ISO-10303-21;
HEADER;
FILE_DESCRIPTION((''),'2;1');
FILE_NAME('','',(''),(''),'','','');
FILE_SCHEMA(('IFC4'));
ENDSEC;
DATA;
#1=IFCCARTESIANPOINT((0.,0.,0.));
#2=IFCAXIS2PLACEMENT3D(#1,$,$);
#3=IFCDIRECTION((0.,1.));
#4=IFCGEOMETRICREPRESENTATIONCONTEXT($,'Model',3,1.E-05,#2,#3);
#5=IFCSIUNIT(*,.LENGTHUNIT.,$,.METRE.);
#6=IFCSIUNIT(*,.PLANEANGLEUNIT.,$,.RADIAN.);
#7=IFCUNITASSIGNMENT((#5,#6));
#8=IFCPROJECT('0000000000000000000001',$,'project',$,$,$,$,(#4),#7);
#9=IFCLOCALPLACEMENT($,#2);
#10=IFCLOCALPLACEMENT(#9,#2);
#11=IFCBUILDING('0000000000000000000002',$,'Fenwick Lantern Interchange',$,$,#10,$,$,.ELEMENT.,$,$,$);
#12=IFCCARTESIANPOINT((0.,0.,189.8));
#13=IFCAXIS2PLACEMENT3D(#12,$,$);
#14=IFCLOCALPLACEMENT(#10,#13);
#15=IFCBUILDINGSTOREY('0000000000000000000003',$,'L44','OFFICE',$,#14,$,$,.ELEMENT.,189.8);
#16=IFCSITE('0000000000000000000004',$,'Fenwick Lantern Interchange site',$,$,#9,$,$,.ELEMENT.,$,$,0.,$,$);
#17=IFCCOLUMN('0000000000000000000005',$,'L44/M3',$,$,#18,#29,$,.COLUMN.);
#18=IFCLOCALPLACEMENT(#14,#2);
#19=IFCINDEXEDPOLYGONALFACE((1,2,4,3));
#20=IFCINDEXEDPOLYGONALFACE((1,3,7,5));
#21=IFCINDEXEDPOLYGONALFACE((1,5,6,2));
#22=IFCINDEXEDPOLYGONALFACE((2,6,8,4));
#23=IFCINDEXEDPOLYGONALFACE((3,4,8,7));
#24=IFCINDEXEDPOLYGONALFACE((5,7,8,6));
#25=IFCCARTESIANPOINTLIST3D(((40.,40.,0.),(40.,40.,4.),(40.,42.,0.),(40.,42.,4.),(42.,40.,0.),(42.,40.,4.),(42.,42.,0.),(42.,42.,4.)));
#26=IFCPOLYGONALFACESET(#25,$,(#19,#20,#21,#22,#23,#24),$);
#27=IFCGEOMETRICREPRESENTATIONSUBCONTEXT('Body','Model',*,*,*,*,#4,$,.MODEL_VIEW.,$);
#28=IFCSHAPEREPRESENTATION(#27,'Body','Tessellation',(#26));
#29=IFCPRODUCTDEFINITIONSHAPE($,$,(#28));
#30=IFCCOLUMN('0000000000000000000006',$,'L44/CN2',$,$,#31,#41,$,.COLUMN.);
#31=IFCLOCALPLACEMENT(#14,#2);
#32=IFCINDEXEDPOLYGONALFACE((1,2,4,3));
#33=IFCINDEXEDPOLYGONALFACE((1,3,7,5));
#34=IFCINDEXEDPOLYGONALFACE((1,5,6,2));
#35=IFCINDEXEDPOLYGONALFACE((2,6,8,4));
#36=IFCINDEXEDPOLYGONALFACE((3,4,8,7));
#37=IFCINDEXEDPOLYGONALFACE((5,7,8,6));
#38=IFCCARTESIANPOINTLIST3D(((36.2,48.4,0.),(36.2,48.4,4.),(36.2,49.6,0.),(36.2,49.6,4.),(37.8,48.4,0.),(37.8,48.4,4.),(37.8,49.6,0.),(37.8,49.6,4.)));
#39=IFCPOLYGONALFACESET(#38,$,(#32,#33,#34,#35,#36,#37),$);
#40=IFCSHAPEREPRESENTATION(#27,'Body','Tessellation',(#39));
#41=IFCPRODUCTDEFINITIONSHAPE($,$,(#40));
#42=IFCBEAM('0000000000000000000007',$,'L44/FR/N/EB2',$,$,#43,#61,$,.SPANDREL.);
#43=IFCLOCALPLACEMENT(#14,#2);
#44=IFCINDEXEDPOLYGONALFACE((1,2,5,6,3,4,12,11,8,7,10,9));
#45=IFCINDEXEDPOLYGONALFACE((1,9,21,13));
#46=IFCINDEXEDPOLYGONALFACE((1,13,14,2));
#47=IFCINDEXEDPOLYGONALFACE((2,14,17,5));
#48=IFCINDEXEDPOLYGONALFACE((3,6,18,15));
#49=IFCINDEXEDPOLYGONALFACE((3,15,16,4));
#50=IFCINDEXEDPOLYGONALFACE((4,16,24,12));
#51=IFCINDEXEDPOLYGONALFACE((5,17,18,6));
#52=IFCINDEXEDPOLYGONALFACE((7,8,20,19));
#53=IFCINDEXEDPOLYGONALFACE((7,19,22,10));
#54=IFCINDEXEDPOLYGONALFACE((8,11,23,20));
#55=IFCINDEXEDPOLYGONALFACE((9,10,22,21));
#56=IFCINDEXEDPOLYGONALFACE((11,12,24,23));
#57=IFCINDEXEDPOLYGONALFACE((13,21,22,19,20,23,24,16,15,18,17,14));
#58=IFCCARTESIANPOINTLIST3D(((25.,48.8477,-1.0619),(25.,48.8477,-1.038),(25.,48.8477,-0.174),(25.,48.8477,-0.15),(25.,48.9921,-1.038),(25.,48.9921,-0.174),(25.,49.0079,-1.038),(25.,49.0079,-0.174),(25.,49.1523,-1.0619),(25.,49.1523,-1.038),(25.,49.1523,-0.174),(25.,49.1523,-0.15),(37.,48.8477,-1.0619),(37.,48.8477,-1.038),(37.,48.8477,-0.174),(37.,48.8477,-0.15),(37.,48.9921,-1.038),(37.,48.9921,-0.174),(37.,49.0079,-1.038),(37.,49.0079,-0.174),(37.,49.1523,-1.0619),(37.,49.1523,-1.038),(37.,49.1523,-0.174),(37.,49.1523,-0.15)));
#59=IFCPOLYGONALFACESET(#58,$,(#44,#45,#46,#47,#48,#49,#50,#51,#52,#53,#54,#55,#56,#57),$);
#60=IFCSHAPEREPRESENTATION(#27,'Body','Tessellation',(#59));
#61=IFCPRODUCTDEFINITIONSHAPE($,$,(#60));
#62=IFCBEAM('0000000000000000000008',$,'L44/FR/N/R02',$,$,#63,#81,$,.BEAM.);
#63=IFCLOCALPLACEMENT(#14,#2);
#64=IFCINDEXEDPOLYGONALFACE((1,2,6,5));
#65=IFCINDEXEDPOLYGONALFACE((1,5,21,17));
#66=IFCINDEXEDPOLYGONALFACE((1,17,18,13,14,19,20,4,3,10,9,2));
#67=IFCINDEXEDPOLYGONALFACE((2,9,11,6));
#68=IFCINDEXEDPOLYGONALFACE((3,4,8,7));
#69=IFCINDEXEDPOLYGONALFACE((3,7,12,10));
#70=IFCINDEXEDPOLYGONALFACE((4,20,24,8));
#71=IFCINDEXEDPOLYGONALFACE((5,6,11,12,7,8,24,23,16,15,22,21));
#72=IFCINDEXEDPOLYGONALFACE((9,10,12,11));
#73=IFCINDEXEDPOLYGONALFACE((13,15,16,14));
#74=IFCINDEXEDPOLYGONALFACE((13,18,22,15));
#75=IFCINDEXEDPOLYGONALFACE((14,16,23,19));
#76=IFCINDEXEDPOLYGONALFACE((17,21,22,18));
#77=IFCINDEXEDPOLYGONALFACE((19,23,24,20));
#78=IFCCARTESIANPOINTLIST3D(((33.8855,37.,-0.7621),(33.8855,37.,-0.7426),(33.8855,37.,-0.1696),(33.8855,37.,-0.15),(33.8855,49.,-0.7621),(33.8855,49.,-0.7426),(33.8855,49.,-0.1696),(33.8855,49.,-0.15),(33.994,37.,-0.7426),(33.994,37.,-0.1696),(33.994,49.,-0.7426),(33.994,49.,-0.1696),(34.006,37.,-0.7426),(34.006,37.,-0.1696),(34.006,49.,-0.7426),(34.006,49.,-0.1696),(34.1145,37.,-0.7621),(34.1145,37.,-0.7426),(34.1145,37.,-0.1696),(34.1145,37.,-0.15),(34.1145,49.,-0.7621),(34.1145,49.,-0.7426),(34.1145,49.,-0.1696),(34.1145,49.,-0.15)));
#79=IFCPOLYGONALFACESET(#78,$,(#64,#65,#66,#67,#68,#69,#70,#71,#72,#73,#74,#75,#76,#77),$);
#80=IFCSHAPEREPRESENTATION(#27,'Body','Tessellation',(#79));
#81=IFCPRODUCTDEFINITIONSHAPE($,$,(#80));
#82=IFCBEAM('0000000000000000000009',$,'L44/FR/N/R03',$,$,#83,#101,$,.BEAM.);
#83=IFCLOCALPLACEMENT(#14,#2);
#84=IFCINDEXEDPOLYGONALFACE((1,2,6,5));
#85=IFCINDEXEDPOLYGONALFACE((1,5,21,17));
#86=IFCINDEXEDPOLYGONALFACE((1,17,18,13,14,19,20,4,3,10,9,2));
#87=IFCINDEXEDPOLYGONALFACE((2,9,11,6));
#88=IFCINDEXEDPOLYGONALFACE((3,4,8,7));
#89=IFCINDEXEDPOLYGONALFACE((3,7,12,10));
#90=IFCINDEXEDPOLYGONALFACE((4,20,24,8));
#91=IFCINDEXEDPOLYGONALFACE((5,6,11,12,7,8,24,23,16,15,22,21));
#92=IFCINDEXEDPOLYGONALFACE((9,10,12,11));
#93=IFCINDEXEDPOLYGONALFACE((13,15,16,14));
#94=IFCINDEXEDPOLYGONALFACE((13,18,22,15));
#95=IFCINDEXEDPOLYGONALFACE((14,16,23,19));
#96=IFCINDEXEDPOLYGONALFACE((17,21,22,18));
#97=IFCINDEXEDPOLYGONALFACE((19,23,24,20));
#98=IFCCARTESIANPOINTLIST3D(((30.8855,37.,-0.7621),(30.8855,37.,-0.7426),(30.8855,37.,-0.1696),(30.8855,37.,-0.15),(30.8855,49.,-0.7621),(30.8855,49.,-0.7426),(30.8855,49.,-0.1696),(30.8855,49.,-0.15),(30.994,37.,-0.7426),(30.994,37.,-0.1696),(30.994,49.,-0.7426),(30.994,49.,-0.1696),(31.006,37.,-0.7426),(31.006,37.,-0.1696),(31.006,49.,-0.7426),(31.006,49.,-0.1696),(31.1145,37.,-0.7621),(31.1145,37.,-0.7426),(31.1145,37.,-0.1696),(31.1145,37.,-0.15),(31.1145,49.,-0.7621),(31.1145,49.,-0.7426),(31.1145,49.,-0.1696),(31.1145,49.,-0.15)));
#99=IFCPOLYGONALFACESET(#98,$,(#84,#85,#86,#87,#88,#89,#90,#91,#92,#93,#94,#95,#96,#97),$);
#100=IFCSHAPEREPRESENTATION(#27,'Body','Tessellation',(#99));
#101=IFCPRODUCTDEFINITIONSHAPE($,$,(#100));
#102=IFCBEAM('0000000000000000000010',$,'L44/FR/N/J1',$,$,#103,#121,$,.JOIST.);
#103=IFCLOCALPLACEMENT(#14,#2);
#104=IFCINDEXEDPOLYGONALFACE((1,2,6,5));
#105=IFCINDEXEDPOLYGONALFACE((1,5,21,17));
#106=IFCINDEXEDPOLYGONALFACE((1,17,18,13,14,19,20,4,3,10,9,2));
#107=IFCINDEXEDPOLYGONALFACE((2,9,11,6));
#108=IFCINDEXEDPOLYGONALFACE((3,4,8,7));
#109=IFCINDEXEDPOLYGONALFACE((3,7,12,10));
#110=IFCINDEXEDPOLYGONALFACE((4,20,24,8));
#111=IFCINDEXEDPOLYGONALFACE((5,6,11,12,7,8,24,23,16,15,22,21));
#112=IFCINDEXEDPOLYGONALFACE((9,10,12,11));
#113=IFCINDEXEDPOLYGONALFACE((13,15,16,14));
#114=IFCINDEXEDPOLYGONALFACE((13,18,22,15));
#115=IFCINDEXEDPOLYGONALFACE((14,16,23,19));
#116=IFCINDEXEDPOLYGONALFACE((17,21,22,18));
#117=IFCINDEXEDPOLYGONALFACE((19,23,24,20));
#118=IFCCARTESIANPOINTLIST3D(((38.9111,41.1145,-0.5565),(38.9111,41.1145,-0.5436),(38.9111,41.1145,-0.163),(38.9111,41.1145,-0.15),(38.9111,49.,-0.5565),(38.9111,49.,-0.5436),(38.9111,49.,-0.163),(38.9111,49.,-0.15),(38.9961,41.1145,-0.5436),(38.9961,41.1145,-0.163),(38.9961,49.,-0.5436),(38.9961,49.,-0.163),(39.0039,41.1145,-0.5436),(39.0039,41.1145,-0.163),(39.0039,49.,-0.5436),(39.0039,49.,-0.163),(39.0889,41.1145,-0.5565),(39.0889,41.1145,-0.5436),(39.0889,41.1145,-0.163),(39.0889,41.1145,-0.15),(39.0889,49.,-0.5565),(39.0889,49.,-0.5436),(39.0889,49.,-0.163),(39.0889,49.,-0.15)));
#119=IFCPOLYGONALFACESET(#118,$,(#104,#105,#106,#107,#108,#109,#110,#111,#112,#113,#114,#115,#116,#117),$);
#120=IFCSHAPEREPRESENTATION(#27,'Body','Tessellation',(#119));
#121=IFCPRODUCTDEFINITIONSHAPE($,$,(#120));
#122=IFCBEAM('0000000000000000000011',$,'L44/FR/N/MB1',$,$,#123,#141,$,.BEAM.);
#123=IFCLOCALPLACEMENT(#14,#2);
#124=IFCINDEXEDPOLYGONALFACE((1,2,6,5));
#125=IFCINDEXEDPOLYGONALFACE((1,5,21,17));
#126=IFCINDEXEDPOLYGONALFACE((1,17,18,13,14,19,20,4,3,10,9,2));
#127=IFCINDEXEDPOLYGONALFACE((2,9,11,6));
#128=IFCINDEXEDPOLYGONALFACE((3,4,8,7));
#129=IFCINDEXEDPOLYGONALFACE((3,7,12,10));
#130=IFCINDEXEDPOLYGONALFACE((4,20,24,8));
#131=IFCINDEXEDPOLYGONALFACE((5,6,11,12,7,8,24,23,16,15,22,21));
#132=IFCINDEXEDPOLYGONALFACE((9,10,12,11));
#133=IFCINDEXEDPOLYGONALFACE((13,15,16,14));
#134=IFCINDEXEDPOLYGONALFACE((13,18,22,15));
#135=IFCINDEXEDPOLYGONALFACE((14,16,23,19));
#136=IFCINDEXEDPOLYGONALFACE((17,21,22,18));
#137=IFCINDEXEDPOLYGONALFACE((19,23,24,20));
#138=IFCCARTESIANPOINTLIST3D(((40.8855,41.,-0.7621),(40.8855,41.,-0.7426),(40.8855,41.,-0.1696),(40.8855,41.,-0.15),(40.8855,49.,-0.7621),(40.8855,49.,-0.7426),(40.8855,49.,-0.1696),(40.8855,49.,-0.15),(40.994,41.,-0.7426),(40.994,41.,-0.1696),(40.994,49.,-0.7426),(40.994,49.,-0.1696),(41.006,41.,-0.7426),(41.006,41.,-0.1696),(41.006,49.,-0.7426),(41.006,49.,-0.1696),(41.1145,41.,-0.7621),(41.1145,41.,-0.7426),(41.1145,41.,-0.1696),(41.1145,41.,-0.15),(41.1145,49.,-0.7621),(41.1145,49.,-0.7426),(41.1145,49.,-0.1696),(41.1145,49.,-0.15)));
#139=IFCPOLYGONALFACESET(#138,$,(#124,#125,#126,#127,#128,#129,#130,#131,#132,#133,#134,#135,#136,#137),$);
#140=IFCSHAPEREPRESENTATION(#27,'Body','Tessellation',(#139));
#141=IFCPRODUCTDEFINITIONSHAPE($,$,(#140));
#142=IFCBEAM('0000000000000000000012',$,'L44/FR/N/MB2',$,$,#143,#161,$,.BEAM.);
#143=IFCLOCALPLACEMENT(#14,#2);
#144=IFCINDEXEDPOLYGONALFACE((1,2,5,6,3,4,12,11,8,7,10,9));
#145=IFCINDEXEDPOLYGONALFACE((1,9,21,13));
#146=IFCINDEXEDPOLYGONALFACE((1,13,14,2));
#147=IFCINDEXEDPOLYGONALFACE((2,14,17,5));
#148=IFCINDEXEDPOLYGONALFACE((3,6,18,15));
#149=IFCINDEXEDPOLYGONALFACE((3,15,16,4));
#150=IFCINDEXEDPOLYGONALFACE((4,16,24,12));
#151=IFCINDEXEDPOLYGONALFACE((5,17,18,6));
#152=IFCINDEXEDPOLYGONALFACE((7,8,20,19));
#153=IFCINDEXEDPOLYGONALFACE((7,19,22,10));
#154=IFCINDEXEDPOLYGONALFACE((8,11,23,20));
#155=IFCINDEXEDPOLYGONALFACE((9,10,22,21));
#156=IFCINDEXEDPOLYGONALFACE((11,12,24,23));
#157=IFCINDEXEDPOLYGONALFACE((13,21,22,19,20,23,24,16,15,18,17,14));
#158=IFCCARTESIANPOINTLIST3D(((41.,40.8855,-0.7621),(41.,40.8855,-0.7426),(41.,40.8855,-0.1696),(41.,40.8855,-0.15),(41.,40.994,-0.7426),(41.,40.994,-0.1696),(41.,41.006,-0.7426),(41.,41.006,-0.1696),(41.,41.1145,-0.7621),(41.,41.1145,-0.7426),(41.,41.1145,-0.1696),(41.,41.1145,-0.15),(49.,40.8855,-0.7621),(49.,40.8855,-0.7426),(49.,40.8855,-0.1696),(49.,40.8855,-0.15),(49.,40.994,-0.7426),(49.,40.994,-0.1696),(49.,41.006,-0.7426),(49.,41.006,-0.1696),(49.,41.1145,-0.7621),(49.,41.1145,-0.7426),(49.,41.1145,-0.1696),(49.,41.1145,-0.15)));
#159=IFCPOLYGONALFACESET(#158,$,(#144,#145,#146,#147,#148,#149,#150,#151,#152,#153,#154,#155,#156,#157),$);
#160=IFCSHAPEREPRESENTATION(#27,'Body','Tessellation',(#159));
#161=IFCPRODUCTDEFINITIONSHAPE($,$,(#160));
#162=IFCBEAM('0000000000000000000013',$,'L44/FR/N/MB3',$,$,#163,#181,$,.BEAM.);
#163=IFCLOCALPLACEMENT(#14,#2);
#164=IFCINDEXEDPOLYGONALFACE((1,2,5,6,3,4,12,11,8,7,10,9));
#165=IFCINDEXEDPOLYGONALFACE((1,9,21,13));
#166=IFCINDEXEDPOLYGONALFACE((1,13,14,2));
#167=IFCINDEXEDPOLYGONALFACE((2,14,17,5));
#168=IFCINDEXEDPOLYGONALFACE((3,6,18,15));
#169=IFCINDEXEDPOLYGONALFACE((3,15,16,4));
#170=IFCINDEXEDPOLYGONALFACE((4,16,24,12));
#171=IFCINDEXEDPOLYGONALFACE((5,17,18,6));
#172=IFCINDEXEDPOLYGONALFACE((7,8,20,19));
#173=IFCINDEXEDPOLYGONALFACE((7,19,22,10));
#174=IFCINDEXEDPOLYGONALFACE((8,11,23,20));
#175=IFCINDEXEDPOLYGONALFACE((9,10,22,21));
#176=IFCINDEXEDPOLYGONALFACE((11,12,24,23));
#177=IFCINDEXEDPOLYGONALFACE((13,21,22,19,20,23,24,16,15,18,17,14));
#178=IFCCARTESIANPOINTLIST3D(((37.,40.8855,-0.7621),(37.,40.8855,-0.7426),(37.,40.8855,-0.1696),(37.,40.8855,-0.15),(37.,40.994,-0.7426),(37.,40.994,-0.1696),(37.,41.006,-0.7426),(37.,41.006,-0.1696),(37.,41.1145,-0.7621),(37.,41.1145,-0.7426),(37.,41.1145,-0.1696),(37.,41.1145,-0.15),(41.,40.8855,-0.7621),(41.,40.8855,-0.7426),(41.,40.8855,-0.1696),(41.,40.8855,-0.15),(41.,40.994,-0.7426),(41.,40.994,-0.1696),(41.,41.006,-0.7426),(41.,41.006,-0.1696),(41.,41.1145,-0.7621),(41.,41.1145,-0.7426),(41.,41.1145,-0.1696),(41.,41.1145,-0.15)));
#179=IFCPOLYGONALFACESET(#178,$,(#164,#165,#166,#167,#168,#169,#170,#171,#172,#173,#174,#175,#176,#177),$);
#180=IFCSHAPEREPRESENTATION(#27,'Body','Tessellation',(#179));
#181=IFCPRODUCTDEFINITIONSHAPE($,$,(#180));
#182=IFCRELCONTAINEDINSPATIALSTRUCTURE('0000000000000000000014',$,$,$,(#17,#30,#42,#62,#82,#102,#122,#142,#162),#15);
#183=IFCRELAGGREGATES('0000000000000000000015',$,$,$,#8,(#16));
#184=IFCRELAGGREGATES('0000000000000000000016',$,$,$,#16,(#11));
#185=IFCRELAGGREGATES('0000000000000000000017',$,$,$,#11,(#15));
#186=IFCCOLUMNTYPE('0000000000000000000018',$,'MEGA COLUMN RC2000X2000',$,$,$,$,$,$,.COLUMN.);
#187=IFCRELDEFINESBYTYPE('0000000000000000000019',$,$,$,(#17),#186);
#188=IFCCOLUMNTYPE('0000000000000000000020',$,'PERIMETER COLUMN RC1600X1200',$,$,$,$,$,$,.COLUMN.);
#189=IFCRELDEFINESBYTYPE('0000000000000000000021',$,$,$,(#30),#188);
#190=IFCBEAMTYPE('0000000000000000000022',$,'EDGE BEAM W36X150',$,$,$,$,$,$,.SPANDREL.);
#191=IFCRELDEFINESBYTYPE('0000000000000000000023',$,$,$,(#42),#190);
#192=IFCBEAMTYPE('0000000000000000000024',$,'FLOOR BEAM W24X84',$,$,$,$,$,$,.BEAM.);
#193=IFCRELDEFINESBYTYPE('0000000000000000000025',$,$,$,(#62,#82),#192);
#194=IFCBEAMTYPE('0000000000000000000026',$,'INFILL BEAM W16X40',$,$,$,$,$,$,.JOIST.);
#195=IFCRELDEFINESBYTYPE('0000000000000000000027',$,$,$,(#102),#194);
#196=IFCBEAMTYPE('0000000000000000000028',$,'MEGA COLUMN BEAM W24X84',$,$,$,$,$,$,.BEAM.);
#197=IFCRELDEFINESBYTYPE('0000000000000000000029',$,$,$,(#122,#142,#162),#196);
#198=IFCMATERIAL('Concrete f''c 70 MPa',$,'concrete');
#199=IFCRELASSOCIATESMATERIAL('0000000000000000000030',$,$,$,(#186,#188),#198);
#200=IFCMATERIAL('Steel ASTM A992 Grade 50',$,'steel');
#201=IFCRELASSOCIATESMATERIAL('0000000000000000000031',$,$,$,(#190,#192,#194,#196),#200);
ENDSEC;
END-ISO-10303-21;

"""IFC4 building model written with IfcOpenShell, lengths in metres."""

from ifc_helpers import new_model, si_unit, direction, frame, origin, origin_2d, place, context, subcontext, project, spatial, rectangle, i_section, extrude, material, material_profile, profile_set, type_object, element, save


model = new_model("IFC4")

# Units and contexts
model_context = context("Model", 3, precision=1e-05, world=origin(), true_north=direction((0.0, 1.0)))
body_context = subcontext(model_context, "Body", "Model", "MODEL_VIEW")
ifc_project = project(units=[si_unit("LENGTHUNIT", "METRE"), si_unit("PLANEANGLEUNIT", "RADIAN")], contexts=[model_context])

# Site, building, storey
site_placement = place(None, origin())
site = spatial("IfcSite", under=ifc_project, at=site_placement, Name="Fenwick Lantern Interchange site", CompositionType="ELEMENT", RefElevation=0.0)
building_placement = place(site_placement, origin())
building = spatial("IfcBuilding", under=site, at=building_placement, Name="Fenwick Lantern Interchange", CompositionType="ELEMENT")
storey_placement = place(building_placement, frame((0.0, 0.0, 189.8)))
storey = spatial("IfcBuildingStorey", under=building, at=storey_placement, Name="L44", Description="OFFICE", CompositionType="ELEMENT", Elevation=189.8)

# Columns
ifc_material_1 = material(Name="Concrete f'c 70 MPa", Category="concrete")
ifc_material_profile_1 = material_profile(ifc_material_1, rectangle(XDim=2.0, YDim=2.0, at=origin_2d()), Name="RC2000X2000")
ifc_profile_set_1 = profile_set([ifc_material_profile_1], Name="Concrete f'c 70 MPa")
column_type_1 = type_object("IfcColumnType", Name="MEGA COLUMN RC2000X2000", PredefinedType="COLUMN", material=ifc_profile_set_1)
column_1_placement = place(storey_placement, frame((41.0, 41.0, 0.0), z_axis=(0.0, 0.0, 1.0), x_axis=(1.0, 0.0, 0.0)))
element("IfcColumn", 1, at=column_1_placement, inside=storey, type_object=column_type_1, Name="L44/M3", PredefinedType="COLUMN", context=body_context, shape_type="SweptSolid", body=[
    extrude(rectangle(XDim=2.0, YDim=2.0, at=origin_2d()), origin(), (0.0, 0.0, 1.0), 4.0),
])
ifc_material_profile_2 = material_profile(ifc_material_1, rectangle(XDim=1.6001, YDim=1.2, at=origin_2d()), Name="RC1600X1200")
ifc_profile_set_2 = profile_set([ifc_material_profile_2], Name="Concrete f'c 70 MPa")
column_type_2 = type_object("IfcColumnType", Name="PERIMETER COLUMN RC1600X1200", PredefinedType="COLUMN", material=ifc_profile_set_2)
column_2_placement = place(storey_placement, frame((37.0, 49.0, 0.0), z_axis=(0.0, 0.0, 1.0), x_axis=(1.0, 0.0, 0.0)))
element("IfcColumn", 2, at=column_2_placement, inside=storey, type_object=column_type_2, Name="L44/CN2", PredefinedType="COLUMN", context=body_context, shape_type="SweptSolid", body=[
    extrude(rectangle(XDim=1.6001, YDim=1.2, at=origin_2d()), origin(), (0.0, 0.0, 1.0), 4.0),
])

# Beams
ifc_material_2 = material(Name="Steel ASTM A992 Grade 50", Category="steel")
ifc_material_profile_3 = material_profile(ifc_material_2, i_section(OverallWidth=0.3047, OverallDepth=0.9119, WebThickness=0.0159, FlangeThickness=0.0239, at=origin_2d()), Name="W36X150")
ifc_profile_set_3 = profile_set([ifc_material_profile_3], Name="Steel ASTM A992 Grade 50")
beam_type_1 = type_object("IfcBeamType", Name="EDGE BEAM W36X150", PredefinedType="SPANDREL", material=ifc_profile_set_3)
beam_1_placement = place(storey_placement, frame((37.0, 49.0, -0.606), z_axis=(-1.0, 0.0, 0.0), x_axis=(0.0, -1.0, 0.0)))
element("IfcBeam", 3, at=beam_1_placement, inside=storey, type_object=beam_type_1, Name="L44/FR/N/EB2", PredefinedType="SPANDREL", context=body_context, shape_type="SweptSolid", body=[
    extrude(i_section(OverallWidth=0.3047, OverallDepth=0.9119, WebThickness=0.0159, FlangeThickness=0.0239, at=origin_2d()), origin(), (0.0, 0.0, 1.0), 12.0),
])
ifc_material_profile_4 = material_profile(ifc_material_2, i_section(OverallWidth=0.229, OverallDepth=0.6121, WebThickness=0.012, FlangeThickness=0.0195, at=origin_2d()), Name="W24X84")
ifc_profile_set_4 = profile_set([ifc_material_profile_4], Name="Steel ASTM A992 Grade 50")
beam_type_2 = type_object("IfcBeamType", Name="FLOOR BEAM W24X84", PredefinedType="BEAM", material=ifc_profile_set_4)
for number, where, z_axis, x_axis, name in (
    (4, (34.0, 49.0, -0.4561), (0.0, -1.0, 0.0), (1.0, 0.0, 0.0), "L44/FR/N/R02"),
    (5, (31.0, 49.0, -0.4561), (0.0, -1.0, 0.0), (1.0, 0.0, 0.0), "L44/FR/N/R03"),
):
    element("IfcBeam", number, at=place(storey_placement, frame(where, z_axis=z_axis, x_axis=x_axis)), inside=storey, type_object=beam_type_2, Name=name, PredefinedType="BEAM", context=body_context, shape_type="SweptSolid", body=[
        extrude(i_section(OverallWidth=0.229, OverallDepth=0.6121, WebThickness=0.012, FlangeThickness=0.0195, at=origin_2d()), origin(), (0.0, 0.0, 1.0), 12.0),
    ])
ifc_material_profile_5 = material_profile(ifc_material_2, i_section(OverallWidth=0.1777, OverallDepth=0.4065, WebThickness=0.0078, FlangeThickness=0.0129, at=origin_2d()), Name="W16X40")
ifc_profile_set_5 = profile_set([ifc_material_profile_5], Name="Steel ASTM A992 Grade 50")
beam_type_3 = type_object("IfcBeamType", Name="INFILL BEAM W16X40", PredefinedType="JOIST", material=ifc_profile_set_5)
beam_2_placement = place(storey_placement, frame((39.0, 49.0, -0.3533), z_axis=(0.0, -1.0, 0.0), x_axis=(1.0, 0.0, 0.0)))
element("IfcBeam", 6, at=beam_2_placement, inside=storey, type_object=beam_type_3, Name="L44/FR/N/J1", PredefinedType="JOIST", context=body_context, shape_type="SweptSolid", body=[
    extrude(i_section(OverallWidth=0.1777, OverallDepth=0.4065, WebThickness=0.0078, FlangeThickness=0.0129, at=origin_2d()), origin(), (0.0, 0.0, 1.0), 7.8855),
])
ifc_material_profile_6 = material_profile(ifc_material_2, i_section(OverallWidth=0.229, OverallDepth=0.6121, WebThickness=0.012, FlangeThickness=0.0195, at=origin_2d()), Name="W24X84")
ifc_profile_set_6 = profile_set([ifc_material_profile_6], Name="Steel ASTM A992 Grade 50")
beam_type_4 = type_object("IfcBeamType", Name="MEGA COLUMN BEAM W24X84", PredefinedType="BEAM", material=ifc_profile_set_6)
for number, where, z_axis, x_axis, name in (
    (7, (41.0, 41.0, -0.4561), (0.0, 1.0, 0.0), (-1.0, 0.0, 0.0), "L44/FR/N/MB1"),
    (8, (41.0, 41.0, -0.4561), (1.0, 0.0, 0.0), (0.0, 1.0, 0.0), "L44/FR/N/MB2"),
):
    element("IfcBeam", number, at=place(storey_placement, frame(where, z_axis=z_axis, x_axis=x_axis)), inside=storey, type_object=beam_type_4, Name=name, PredefinedType="BEAM", context=body_context, shape_type="SweptSolid", body=[
        extrude(i_section(OverallWidth=0.229, OverallDepth=0.6121, WebThickness=0.012, FlangeThickness=0.0195, at=origin_2d()), origin(), (0.0, 0.0, 1.0), 8.0),
    ])
beam_3_placement = place(storey_placement, frame((41.0, 41.0, -0.4561), z_axis=(-1.0, 0.0, 0.0), x_axis=(0.0, -1.0, 0.0)))
element("IfcBeam", 9, at=beam_3_placement, inside=storey, type_object=beam_type_4, Name="L44/FR/N/MB3", PredefinedType="BEAM", context=body_context, shape_type="SweptSolid", body=[
    extrude(i_section(OverallWidth=0.229, OverallDepth=0.6121, WebThickness=0.012, FlangeThickness=0.0195, at=origin_2d()), origin(), (0.0, 0.0, 1.0), 4.0),
])

save(model, "model.ifc")
